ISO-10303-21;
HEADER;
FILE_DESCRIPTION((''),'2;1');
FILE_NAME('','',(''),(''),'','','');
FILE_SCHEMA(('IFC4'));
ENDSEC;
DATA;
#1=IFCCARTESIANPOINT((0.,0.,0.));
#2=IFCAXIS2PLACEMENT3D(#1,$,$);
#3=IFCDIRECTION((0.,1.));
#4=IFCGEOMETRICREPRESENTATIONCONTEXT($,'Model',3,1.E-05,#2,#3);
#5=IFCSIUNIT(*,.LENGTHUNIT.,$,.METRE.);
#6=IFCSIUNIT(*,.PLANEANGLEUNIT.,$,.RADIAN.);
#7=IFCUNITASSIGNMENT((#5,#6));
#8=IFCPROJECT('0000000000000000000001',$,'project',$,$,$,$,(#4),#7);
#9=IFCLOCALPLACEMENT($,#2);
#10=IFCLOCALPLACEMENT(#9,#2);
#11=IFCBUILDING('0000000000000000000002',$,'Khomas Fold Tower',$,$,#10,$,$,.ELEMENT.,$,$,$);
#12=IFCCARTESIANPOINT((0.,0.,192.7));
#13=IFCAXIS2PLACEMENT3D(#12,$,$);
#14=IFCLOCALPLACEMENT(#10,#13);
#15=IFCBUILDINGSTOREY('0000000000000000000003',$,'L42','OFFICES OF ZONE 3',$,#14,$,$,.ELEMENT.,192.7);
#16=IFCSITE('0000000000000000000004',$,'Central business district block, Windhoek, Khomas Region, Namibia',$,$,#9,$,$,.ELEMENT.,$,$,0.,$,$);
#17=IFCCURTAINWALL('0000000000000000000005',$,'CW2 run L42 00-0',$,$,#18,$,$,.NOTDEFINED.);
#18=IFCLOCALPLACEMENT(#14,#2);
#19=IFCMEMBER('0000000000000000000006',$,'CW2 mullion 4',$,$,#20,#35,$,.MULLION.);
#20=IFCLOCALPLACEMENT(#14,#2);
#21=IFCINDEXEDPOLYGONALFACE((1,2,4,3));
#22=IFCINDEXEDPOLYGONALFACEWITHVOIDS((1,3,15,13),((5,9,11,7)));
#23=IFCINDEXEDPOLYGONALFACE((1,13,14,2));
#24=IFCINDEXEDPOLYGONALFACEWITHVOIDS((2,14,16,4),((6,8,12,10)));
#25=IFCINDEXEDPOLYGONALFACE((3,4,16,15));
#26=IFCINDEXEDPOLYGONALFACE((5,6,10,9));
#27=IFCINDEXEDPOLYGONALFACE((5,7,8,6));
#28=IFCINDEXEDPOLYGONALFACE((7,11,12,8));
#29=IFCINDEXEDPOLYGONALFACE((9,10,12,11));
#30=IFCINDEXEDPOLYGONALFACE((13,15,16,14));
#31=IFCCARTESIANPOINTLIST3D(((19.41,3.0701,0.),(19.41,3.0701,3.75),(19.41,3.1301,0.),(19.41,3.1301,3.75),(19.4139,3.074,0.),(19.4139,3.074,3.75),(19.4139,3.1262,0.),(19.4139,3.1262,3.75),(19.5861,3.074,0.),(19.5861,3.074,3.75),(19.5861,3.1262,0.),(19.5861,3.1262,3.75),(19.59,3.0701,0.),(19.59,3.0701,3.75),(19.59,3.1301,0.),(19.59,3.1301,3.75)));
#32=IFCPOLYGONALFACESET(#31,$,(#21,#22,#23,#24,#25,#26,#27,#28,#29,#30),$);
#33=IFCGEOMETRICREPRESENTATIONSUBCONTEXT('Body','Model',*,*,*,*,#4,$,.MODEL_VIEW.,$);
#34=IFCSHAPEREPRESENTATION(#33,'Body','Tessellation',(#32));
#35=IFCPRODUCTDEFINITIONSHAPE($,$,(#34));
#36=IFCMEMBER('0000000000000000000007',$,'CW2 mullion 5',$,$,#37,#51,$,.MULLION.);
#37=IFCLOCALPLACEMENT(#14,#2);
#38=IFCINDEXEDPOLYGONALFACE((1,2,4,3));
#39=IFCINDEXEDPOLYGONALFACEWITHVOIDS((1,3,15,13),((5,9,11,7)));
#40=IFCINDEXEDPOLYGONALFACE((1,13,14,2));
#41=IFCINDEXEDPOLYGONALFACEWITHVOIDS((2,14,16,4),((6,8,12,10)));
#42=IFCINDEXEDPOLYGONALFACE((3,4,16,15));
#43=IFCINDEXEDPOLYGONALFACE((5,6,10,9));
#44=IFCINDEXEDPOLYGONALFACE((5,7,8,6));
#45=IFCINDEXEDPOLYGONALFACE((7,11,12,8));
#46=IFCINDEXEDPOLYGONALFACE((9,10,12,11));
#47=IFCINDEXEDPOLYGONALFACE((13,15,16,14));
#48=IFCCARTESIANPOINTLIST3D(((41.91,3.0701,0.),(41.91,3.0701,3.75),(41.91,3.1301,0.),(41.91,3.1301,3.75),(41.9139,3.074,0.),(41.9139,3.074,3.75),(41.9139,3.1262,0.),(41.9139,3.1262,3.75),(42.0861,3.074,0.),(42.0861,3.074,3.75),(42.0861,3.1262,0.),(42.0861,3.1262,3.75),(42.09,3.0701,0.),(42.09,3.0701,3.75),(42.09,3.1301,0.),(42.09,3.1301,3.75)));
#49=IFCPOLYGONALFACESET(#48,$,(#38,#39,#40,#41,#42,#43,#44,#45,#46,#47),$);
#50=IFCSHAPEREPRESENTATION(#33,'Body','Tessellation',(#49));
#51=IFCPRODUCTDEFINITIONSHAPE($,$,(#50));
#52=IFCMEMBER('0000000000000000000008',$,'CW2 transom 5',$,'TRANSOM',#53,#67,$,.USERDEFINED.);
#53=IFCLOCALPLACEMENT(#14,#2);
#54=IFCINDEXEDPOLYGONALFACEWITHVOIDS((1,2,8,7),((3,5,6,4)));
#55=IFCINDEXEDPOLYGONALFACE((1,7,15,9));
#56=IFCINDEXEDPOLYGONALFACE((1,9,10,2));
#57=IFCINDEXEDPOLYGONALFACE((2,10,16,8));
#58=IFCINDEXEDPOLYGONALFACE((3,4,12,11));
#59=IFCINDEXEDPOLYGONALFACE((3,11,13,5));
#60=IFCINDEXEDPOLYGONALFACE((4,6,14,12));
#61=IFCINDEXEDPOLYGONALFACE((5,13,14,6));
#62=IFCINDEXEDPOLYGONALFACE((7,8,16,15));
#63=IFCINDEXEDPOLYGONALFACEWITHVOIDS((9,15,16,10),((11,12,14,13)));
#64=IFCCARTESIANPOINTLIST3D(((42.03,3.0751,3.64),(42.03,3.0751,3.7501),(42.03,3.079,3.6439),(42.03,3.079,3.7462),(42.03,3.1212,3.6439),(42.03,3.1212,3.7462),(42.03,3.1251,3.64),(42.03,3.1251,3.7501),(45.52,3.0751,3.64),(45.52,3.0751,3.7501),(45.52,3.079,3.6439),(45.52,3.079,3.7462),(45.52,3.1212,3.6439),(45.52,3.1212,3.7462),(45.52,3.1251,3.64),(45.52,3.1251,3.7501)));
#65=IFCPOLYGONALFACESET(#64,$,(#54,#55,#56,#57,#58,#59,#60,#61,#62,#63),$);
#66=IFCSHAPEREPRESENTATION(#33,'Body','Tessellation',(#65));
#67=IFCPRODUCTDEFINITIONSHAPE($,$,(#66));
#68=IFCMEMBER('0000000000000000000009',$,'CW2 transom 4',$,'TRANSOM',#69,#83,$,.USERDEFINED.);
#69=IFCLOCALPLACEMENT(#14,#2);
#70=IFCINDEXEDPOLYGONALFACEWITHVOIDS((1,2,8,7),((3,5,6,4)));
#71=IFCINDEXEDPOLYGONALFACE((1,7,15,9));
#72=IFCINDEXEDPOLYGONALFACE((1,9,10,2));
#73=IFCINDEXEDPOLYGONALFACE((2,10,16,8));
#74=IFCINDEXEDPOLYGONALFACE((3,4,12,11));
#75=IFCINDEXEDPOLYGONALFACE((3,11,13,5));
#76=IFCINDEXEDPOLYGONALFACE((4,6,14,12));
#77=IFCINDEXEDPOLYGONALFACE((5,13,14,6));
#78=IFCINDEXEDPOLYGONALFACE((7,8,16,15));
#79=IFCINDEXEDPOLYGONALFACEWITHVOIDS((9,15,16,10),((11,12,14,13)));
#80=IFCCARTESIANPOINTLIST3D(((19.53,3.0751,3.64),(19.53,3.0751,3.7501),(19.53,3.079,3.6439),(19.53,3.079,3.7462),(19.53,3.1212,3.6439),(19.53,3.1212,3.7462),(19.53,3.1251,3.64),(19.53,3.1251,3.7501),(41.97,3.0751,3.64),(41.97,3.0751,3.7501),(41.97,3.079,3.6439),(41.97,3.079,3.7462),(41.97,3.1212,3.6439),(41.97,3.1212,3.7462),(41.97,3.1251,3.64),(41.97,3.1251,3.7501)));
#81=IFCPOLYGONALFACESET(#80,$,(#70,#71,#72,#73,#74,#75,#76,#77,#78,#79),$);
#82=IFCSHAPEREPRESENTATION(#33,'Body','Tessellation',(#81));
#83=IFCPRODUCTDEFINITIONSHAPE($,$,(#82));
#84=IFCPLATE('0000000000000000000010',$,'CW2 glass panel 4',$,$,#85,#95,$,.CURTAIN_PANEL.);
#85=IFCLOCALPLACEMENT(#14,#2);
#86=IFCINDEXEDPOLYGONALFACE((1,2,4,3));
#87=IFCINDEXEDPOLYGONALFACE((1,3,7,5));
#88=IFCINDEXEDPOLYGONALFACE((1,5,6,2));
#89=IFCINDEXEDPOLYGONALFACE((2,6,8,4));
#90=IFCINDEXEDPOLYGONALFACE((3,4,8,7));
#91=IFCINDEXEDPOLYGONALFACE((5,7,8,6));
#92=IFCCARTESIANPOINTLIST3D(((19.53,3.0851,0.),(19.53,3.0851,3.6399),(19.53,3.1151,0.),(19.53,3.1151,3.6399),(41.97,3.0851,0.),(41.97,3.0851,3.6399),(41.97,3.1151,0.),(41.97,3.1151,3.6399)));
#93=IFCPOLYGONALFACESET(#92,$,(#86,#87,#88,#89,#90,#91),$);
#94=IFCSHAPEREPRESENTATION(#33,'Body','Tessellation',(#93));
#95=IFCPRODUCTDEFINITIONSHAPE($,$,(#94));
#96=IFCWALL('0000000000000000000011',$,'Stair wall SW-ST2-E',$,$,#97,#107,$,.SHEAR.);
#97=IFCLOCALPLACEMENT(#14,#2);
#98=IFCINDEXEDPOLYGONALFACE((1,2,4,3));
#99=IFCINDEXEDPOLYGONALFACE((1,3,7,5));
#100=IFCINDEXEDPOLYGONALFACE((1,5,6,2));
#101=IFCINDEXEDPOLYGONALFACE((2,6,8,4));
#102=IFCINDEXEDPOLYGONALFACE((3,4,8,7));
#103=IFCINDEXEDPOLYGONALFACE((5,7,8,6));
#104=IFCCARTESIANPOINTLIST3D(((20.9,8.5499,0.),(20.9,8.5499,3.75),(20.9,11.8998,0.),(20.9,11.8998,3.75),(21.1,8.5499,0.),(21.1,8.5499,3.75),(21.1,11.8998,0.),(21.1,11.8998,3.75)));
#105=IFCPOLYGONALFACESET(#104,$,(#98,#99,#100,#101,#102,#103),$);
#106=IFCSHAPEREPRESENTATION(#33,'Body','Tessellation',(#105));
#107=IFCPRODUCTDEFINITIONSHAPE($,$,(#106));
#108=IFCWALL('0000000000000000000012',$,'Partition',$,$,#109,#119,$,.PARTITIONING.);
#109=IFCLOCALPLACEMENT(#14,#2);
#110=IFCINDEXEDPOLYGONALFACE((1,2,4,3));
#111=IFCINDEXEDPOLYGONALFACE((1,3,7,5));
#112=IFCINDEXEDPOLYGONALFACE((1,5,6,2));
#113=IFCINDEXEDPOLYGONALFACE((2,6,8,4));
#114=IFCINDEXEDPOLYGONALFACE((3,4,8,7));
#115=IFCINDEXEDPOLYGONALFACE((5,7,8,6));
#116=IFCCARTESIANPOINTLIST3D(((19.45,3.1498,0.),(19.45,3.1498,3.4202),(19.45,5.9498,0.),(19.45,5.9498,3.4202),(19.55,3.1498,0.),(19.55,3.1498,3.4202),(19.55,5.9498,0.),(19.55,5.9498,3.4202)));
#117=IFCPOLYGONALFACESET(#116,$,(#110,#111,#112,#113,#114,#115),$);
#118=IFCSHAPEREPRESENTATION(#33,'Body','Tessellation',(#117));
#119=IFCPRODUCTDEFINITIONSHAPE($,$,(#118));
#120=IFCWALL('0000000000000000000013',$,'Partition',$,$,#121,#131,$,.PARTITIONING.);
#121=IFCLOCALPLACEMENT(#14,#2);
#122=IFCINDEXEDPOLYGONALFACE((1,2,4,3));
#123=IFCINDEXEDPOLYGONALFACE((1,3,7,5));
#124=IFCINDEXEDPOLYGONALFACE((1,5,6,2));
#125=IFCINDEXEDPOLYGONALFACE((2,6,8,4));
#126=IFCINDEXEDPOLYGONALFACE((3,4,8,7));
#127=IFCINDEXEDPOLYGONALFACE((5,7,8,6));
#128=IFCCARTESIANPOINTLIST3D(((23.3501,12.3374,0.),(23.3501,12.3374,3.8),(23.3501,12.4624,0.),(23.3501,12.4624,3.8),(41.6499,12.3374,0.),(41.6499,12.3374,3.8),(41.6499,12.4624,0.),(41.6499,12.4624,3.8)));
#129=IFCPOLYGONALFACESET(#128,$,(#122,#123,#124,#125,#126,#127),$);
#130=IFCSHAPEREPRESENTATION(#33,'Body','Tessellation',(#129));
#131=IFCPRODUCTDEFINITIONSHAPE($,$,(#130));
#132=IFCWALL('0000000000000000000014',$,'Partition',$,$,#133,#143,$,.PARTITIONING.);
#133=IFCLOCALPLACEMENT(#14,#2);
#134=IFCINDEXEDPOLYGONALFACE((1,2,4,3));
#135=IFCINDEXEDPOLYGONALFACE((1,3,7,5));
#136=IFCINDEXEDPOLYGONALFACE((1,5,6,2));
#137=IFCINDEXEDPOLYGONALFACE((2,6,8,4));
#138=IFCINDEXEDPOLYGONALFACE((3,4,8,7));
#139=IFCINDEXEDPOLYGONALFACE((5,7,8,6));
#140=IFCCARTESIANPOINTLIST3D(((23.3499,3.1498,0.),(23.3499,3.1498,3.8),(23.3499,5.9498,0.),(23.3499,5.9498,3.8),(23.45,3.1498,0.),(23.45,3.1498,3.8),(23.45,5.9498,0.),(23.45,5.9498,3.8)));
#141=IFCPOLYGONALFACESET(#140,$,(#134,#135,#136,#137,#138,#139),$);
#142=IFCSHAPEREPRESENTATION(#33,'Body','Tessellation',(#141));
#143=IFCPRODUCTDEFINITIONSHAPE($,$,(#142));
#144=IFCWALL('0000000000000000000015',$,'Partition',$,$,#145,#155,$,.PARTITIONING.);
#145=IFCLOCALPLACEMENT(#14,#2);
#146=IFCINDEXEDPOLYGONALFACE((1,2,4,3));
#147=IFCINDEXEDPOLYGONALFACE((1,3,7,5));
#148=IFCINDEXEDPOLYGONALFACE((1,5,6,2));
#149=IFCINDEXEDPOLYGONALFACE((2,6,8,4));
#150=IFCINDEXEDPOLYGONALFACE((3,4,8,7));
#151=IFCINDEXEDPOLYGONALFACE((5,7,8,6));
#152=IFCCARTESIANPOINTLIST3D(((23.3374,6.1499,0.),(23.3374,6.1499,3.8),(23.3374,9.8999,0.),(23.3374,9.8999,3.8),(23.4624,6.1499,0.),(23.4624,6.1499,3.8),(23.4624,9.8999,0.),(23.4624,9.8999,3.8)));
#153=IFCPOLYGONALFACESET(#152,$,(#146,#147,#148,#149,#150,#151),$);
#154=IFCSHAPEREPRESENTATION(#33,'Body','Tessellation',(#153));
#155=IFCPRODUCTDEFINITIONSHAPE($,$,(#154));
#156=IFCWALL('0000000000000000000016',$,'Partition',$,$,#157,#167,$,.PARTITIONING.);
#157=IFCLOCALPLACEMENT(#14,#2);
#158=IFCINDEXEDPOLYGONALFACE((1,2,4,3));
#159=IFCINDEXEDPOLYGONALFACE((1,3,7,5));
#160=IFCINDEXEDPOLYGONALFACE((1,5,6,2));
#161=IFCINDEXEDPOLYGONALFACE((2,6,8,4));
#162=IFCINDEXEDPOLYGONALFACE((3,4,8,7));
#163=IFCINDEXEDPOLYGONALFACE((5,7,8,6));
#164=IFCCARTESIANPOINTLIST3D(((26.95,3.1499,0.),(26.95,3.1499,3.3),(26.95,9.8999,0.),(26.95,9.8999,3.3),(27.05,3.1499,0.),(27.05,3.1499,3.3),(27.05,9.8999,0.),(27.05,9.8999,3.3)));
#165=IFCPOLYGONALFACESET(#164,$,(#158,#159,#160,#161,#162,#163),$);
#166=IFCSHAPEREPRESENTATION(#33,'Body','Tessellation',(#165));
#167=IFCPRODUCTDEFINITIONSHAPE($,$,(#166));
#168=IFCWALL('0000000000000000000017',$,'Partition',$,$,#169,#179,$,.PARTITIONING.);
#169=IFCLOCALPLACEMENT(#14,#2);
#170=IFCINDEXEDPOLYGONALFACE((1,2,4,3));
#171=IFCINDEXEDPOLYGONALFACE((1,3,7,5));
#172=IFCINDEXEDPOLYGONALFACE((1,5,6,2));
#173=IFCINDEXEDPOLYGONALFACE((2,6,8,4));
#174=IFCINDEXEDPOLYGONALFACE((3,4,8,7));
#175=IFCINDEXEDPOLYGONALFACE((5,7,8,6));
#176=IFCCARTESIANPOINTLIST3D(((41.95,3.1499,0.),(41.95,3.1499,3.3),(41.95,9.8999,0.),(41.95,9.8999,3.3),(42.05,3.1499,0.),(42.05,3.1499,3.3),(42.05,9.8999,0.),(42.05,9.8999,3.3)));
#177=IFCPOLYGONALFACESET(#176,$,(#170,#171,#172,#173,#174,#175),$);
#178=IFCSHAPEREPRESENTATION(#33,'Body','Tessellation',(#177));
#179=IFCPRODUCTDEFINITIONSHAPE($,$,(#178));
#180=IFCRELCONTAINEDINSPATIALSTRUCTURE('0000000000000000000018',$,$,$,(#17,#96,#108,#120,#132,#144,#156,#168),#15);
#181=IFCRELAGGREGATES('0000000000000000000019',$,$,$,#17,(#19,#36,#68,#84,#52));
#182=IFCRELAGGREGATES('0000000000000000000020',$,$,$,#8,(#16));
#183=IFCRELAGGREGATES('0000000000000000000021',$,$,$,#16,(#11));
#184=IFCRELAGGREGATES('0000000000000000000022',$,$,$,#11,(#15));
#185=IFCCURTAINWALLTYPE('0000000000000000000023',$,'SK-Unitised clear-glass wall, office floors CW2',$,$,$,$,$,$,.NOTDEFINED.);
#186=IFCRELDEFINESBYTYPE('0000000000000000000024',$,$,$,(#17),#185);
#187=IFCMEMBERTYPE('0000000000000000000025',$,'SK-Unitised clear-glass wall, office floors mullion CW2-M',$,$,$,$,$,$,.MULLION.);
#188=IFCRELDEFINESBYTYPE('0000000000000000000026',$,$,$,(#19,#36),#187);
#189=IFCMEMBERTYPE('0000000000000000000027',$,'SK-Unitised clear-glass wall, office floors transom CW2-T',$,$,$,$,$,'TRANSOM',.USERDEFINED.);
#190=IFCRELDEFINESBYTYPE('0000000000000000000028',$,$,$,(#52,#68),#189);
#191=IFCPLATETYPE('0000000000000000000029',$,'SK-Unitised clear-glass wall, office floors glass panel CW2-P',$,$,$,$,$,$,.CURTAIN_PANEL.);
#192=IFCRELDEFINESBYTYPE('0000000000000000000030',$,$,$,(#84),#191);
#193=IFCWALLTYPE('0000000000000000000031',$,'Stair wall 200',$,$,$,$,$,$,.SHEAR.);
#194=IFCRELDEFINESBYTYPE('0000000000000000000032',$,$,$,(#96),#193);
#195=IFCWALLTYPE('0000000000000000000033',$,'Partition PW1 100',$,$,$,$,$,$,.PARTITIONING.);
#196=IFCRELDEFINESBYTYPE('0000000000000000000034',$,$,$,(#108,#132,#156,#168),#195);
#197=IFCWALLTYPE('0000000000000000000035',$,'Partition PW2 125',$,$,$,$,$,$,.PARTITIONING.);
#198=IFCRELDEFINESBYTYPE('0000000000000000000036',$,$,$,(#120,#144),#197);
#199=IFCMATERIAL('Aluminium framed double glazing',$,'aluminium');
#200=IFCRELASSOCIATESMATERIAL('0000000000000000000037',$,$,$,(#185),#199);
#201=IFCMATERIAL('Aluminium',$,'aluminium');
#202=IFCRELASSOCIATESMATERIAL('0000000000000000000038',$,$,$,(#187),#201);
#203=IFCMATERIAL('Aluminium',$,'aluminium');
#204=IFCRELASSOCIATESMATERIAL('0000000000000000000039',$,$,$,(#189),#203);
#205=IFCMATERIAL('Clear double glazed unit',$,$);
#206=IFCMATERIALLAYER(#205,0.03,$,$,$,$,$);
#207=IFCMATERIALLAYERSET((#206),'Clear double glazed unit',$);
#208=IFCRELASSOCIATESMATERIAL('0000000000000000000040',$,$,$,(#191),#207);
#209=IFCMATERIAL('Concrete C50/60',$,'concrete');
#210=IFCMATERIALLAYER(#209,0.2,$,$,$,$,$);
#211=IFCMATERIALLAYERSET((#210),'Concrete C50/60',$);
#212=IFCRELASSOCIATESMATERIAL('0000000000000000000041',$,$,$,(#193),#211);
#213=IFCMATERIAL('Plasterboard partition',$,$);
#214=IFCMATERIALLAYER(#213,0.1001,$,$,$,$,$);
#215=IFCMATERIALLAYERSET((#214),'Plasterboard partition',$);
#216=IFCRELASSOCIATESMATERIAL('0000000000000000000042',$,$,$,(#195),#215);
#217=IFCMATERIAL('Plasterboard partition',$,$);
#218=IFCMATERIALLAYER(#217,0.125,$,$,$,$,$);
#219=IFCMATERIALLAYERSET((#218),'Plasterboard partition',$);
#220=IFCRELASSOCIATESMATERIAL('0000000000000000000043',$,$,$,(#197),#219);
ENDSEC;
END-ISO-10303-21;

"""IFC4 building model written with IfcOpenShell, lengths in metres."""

from ifc_helpers import new_model, si_unit, direction, frame, frame_2d, origin, origin_2d, place, context, subcontext, project, spatial, rectangle, hollow_rectangle, extrude, source, transform, mapped, material, layer, layer_set, material_profile, profile_set, type_object, element, aggregate, save


model = new_model("IFC4")

# Units and contexts
model_context = context("Model", 3, precision=1e-05, world=origin(), true_north=direction((0.0, 1.0)))
body_context = subcontext(model_context, "Body", "Model", "MODEL_VIEW")
ifc_project = project(units=[si_unit("LENGTHUNIT", "METRE"), si_unit("PLANEANGLEUNIT", "RADIAN")], contexts=[model_context])

# Site, building, storey
site_placement = place(None, origin())
site = spatial("IfcSite", under=ifc_project, at=site_placement, Name="Central business district block, Windhoek, Khomas Region, Namibia", CompositionType="ELEMENT", RefElevation=0.0)
building_placement = place(site_placement, origin())
building = spatial("IfcBuilding", under=site, at=building_placement, Name="Khomas Fold Tower", CompositionType="ELEMENT")
storey_placement = place(building_placement, frame((0.0, 0.0, 192.7)))
storey = spatial("IfcBuildingStorey", under=building, at=storey_placement, Name="L42", Description="OFFICES OF ZONE 3", CompositionType="ELEMENT", Elevation=192.7)

# Curtain wall, members, plate
ifc_material_1 = material(Name="Aluminium framed double glazing", Category="aluminium")
curtain_wall_type = type_object("IfcCurtainWallType", Name="SK-Unitised clear-glass wall, office floors CW2", PredefinedType="NOTDEFINED", material=ifc_material_1)
curtain_wall_placement = place(storey_placement, origin())
curtain_wall = element("IfcCurtainWall", 1, at=curtain_wall_placement, inside=storey, type_object=curtain_wall_type, Name="CW2 run L42 00-0", PredefinedType="NOTDEFINED")
ifc_material_2 = material(Name="Aluminium", Category="aluminium")
ifc_material_profile_1 = material_profile(ifc_material_2, hollow_rectangle(XDim=0.0601, YDim=0.1799, WallThickness=0.0039, at=origin_2d()), Name="SK-Unitised clear-glass wall, office floors mullion CW2-M")
ifc_profile_set_1 = profile_set([ifc_material_profile_1], Name="Aluminium")
member_type_1 = type_object("IfcMemberType", Name="SK-Unitised clear-glass wall, office floors mullion CW2-M", PredefinedType="MULLION", material=ifc_profile_set_1)
shared_shape_1 = source(origin(), body_context, "Body", "SweptSolid", [
    extrude(hollow_rectangle(XDim=0.0601, YDim=0.1799, WallThickness=0.0039, at=origin_2d()), origin(), (0.0, 0.0, 1.0), 3.75),
])
member_1_placement = place(storey_placement, frame((19.5, 3.1001, 0.0), z_axis=(0.0, 0.0, 1.0), x_axis=(0.0, 1.0, 0.0)))
member_1 = element("IfcMember", 2, at=member_1_placement, type_object=member_type_1, Name="CW2 mullion 4", PredefinedType="MULLION", context=body_context, shape_type="MappedRepresentation", body=[
    mapped(shared_shape_1, transform((0.0, 0.0, 0.0))),
])
member_2_placement = place(storey_placement, frame((42.0, 3.1001, 0.0), z_axis=(0.0, 0.0, 1.0), x_axis=(0.0, 1.0, 0.0)))
member_2 = element("IfcMember", 3, at=member_2_placement, type_object=member_type_1, Name="CW2 mullion 5", PredefinedType="MULLION", context=body_context, shape_type="MappedRepresentation", body=[
    mapped(shared_shape_1, transform((0.0, 0.0, 0.0))),
])
ifc_material_3 = material(Name="Aluminium", Category="aluminium")
ifc_material_profile_2 = material_profile(ifc_material_3, hollow_rectangle(XDim=0.05, YDim=0.1101, WallThickness=0.0039, at=origin_2d()), Name="SK-Unitised clear-glass wall, office floors transom CW2-T")
ifc_profile_set_2 = profile_set([ifc_material_profile_2], Name="Aluminium")
member_type_2 = type_object("IfcMemberType", Name="SK-Unitised clear-glass wall, office floors transom CW2-T", ElementType="TRANSOM", PredefinedType="USERDEFINED", material=ifc_profile_set_2)
shared_shape_2 = source(origin(), body_context, "Body", "SweptSolid", [
    extrude(hollow_rectangle(XDim=0.05, YDim=0.1101, WallThickness=0.0039, at=origin_2d()), origin(), (0.0, 0.0, 1.0), 3.49),
])
member_3_placement = place(storey_placement, frame((42.03, 3.1001, 3.6951), z_axis=(1.0, 0.0, 0.0), x_axis=(0.0, 1.0, 0.0)))
member_3 = element("IfcMember", 4, at=member_3_placement, type_object=member_type_2, Name="CW2 transom 5", ObjectType="TRANSOM", PredefinedType="USERDEFINED", context=body_context, shape_type="MappedRepresentation", body=[
    mapped(shared_shape_2, transform((0.0, 0.0, 0.0))),
])
shared_shape_3 = source(origin(), body_context, "Body", "SweptSolid", [
    extrude(hollow_rectangle(XDim=0.05, YDim=0.1101, WallThickness=0.0039, at=origin_2d()), origin(), (0.0, 0.0, 1.0), 22.4399),
])
member_4_placement = place(storey_placement, frame((19.53, 3.1001, 3.6951), z_axis=(1.0, 0.0, 0.0), x_axis=(0.0, 1.0, 0.0)))
member_4 = element("IfcMember", 5, at=member_4_placement, type_object=member_type_2, Name="CW2 transom 4", ObjectType="TRANSOM", PredefinedType="USERDEFINED", context=body_context, shape_type="MappedRepresentation", body=[
    mapped(shared_shape_3, transform((0.0, 0.0, 0.0))),
])
ifc_material_4 = material(Name="Clear double glazed unit")
ifc_layer_1 = layer(ifc_material_4, 0.03)
ifc_layer_set_1 = layer_set([ifc_layer_1], Name="Clear double glazed unit")
plate_type = type_object("IfcPlateType", Name="SK-Unitised clear-glass wall, office floors glass panel CW2-P", PredefinedType="CURTAIN_PANEL", material=ifc_layer_set_1)
shared_shape_4 = source(origin(), body_context, "Body", "SweptSolid", [
    extrude(rectangle(XDim=22.4399, YDim=0.03, at=origin_2d()), origin(), (0.0, 0.0, 1.0), 3.6399),
])
plate_placement = place(storey_placement, frame((30.75, 3.1001, 0.0), z_axis=(0.0, 0.0, 1.0), x_axis=(1.0, 0.0, 0.0)))
plate = element("IfcPlate", 6, at=plate_placement, type_object=plate_type, Name="CW2 glass panel 4", PredefinedType="CURTAIN_PANEL", context=body_context, shape_type="MappedRepresentation", body=[
    mapped(shared_shape_4, transform((0.0, 0.0, 0.0))),
])
aggregate(curtain_wall, [member_1, member_2, member_4, plate, member_3])

# Walls
ifc_material_5 = material(Name="Concrete C50/60", Category="concrete")
ifc_layer_2 = layer(ifc_material_5, 0.2)
ifc_layer_set_2 = layer_set([ifc_layer_2], Name="Concrete C50/60")
wall_type_1 = type_object("IfcWallType", Name="Stair wall 200", PredefinedType="SHEAR", material=ifc_layer_set_2)
shared_shape_5 = source(origin(), body_context, "Body", "SweptSolid", [
    extrude(rectangle(XDim=3.3499, YDim=0.2, at=frame_2d((1.6748, 0.0))), origin(), (0.0, 0.0, 1.0), 3.75),
])
wall_1_placement = place(storey_placement, frame((21.0, 8.55, 0.0), z_axis=(0.0, 0.0, 1.0), x_axis=(0.0, 1.0, 0.0)))
element("IfcWall", 7, at=wall_1_placement, inside=storey, type_object=wall_type_1, Name="Stair wall SW-ST2-E", PredefinedType="SHEAR", context=body_context, shape_type="MappedRepresentation", body=[
    mapped(shared_shape_5, transform((0.0, 0.0, 0.0))),
])
ifc_material_6 = material(Name="Plasterboard partition")
ifc_layer_3 = layer(ifc_material_6, 0.1001)
ifc_layer_set_3 = layer_set([ifc_layer_3], Name="Plasterboard partition")
wall_type_2 = type_object("IfcWallType", Name="Partition PW1 100", PredefinedType="PARTITIONING", material=ifc_layer_set_3)
shared_shape_6 = source(origin(), body_context, "Body", "SweptSolid", [
    extrude(rectangle(XDim=2.8, YDim=0.1001, at=frame_2d((1.3999, 0.0))), origin(), (0.0, 0.0, 1.0), 3.4202),
])
wall_2_placement = place(storey_placement, frame((19.5, 3.1499, 0.0), z_axis=(0.0, 0.0, 1.0), x_axis=(0.0, 1.0, 0.0)))
element("IfcWall", 8, at=wall_2_placement, inside=storey, type_object=wall_type_2, Name="Partition", PredefinedType="PARTITIONING", context=body_context, shape_type="MappedRepresentation", body=[
    mapped(shared_shape_6, transform((0.0, 0.0, 0.0))),
])
ifc_material_7 = material(Name="Plasterboard partition")
ifc_layer_4 = layer(ifc_material_7, 0.125)
ifc_layer_set_4 = layer_set([ifc_layer_4], Name="Plasterboard partition")
wall_type_3 = type_object("IfcWallType", Name="Partition PW2 125", PredefinedType="PARTITIONING", material=ifc_layer_set_4)
shared_shape_7 = source(origin(), body_context, "Body", "SweptSolid", [
    extrude(rectangle(XDim=18.2998, YDim=0.125, at=frame_2d((9.1499, 0.0))), origin(), (0.0, 0.0, 1.0), 3.8),
])
wall_3_placement = place(storey_placement, frame((23.3501, 12.3999, 0.0), z_axis=(0.0, 0.0, 1.0), x_axis=(1.0, 0.0, 0.0)))
element("IfcWall", 9, at=wall_3_placement, inside=storey, type_object=wall_type_3, Name="Partition", PredefinedType="PARTITIONING", context=body_context, shape_type="MappedRepresentation", body=[
    mapped(shared_shape_7, transform((0.0, 0.0, 0.0))),
])
shared_shape_8 = source(origin(), body_context, "Body", "SweptSolid", [
    extrude(rectangle(XDim=2.8, YDim=0.1001, at=frame_2d((1.3999, 0.0))), origin(), (0.0, 0.0, 1.0), 3.8),
])
wall_4_placement = place(storey_placement, frame((23.3999, 3.1499, 0.0), z_axis=(0.0, 0.0, 1.0), x_axis=(0.0, 1.0, 0.0)))
element("IfcWall", 10, at=wall_4_placement, inside=storey, type_object=wall_type_2, Name="Partition", PredefinedType="PARTITIONING", context=body_context, shape_type="MappedRepresentation", body=[
    mapped(shared_shape_8, transform((0.0, 0.0, 0.0))),
])
shared_shape_9 = source(origin(), body_context, "Body", "SweptSolid", [
    extrude(rectangle(XDim=3.75, YDim=0.125, at=frame_2d((1.875, 0.0))), origin(), (0.0, 0.0, 1.0), 3.8),
])
wall_5_placement = place(storey_placement, frame((23.3999, 6.1499, 0.0), z_axis=(0.0, 0.0, 1.0), x_axis=(0.0, 1.0, 0.0)))
element("IfcWall", 11, at=wall_5_placement, inside=storey, type_object=wall_type_3, Name="Partition", PredefinedType="PARTITIONING", context=body_context, shape_type="MappedRepresentation", body=[
    mapped(shared_shape_9, transform((0.0, 0.0, 0.0))),
])
shared_shape_10 = source(origin(), body_context, "Body", "SweptSolid", [
    extrude(rectangle(XDim=6.75, YDim=0.1001, at=frame_2d((3.375, 0.0))), origin(), (0.0, 0.0, 1.0), 3.3),
])
for number, where, z_axis, x_axis, name in (
    (12, (27.0, 3.1499, 0.0), (0.0, 0.0, 1.0), (0.0, 1.0, 0.0), "Partition"),
    (13, (42.0, 3.1499, 0.0), (0.0, 0.0, 1.0), (0.0, 1.0, 0.0), "Partition"),
):
    element("IfcWall", number, at=place(storey_placement, frame(where, z_axis=z_axis, x_axis=x_axis)), inside=storey, type_object=wall_type_2, Name=name, PredefinedType="PARTITIONING", context=body_context, shape_type="MappedRepresentation", body=[
        mapped(shared_shape_10, transform((0.0, 0.0, 0.0))),
    ])

save(model, "model.ifc")
